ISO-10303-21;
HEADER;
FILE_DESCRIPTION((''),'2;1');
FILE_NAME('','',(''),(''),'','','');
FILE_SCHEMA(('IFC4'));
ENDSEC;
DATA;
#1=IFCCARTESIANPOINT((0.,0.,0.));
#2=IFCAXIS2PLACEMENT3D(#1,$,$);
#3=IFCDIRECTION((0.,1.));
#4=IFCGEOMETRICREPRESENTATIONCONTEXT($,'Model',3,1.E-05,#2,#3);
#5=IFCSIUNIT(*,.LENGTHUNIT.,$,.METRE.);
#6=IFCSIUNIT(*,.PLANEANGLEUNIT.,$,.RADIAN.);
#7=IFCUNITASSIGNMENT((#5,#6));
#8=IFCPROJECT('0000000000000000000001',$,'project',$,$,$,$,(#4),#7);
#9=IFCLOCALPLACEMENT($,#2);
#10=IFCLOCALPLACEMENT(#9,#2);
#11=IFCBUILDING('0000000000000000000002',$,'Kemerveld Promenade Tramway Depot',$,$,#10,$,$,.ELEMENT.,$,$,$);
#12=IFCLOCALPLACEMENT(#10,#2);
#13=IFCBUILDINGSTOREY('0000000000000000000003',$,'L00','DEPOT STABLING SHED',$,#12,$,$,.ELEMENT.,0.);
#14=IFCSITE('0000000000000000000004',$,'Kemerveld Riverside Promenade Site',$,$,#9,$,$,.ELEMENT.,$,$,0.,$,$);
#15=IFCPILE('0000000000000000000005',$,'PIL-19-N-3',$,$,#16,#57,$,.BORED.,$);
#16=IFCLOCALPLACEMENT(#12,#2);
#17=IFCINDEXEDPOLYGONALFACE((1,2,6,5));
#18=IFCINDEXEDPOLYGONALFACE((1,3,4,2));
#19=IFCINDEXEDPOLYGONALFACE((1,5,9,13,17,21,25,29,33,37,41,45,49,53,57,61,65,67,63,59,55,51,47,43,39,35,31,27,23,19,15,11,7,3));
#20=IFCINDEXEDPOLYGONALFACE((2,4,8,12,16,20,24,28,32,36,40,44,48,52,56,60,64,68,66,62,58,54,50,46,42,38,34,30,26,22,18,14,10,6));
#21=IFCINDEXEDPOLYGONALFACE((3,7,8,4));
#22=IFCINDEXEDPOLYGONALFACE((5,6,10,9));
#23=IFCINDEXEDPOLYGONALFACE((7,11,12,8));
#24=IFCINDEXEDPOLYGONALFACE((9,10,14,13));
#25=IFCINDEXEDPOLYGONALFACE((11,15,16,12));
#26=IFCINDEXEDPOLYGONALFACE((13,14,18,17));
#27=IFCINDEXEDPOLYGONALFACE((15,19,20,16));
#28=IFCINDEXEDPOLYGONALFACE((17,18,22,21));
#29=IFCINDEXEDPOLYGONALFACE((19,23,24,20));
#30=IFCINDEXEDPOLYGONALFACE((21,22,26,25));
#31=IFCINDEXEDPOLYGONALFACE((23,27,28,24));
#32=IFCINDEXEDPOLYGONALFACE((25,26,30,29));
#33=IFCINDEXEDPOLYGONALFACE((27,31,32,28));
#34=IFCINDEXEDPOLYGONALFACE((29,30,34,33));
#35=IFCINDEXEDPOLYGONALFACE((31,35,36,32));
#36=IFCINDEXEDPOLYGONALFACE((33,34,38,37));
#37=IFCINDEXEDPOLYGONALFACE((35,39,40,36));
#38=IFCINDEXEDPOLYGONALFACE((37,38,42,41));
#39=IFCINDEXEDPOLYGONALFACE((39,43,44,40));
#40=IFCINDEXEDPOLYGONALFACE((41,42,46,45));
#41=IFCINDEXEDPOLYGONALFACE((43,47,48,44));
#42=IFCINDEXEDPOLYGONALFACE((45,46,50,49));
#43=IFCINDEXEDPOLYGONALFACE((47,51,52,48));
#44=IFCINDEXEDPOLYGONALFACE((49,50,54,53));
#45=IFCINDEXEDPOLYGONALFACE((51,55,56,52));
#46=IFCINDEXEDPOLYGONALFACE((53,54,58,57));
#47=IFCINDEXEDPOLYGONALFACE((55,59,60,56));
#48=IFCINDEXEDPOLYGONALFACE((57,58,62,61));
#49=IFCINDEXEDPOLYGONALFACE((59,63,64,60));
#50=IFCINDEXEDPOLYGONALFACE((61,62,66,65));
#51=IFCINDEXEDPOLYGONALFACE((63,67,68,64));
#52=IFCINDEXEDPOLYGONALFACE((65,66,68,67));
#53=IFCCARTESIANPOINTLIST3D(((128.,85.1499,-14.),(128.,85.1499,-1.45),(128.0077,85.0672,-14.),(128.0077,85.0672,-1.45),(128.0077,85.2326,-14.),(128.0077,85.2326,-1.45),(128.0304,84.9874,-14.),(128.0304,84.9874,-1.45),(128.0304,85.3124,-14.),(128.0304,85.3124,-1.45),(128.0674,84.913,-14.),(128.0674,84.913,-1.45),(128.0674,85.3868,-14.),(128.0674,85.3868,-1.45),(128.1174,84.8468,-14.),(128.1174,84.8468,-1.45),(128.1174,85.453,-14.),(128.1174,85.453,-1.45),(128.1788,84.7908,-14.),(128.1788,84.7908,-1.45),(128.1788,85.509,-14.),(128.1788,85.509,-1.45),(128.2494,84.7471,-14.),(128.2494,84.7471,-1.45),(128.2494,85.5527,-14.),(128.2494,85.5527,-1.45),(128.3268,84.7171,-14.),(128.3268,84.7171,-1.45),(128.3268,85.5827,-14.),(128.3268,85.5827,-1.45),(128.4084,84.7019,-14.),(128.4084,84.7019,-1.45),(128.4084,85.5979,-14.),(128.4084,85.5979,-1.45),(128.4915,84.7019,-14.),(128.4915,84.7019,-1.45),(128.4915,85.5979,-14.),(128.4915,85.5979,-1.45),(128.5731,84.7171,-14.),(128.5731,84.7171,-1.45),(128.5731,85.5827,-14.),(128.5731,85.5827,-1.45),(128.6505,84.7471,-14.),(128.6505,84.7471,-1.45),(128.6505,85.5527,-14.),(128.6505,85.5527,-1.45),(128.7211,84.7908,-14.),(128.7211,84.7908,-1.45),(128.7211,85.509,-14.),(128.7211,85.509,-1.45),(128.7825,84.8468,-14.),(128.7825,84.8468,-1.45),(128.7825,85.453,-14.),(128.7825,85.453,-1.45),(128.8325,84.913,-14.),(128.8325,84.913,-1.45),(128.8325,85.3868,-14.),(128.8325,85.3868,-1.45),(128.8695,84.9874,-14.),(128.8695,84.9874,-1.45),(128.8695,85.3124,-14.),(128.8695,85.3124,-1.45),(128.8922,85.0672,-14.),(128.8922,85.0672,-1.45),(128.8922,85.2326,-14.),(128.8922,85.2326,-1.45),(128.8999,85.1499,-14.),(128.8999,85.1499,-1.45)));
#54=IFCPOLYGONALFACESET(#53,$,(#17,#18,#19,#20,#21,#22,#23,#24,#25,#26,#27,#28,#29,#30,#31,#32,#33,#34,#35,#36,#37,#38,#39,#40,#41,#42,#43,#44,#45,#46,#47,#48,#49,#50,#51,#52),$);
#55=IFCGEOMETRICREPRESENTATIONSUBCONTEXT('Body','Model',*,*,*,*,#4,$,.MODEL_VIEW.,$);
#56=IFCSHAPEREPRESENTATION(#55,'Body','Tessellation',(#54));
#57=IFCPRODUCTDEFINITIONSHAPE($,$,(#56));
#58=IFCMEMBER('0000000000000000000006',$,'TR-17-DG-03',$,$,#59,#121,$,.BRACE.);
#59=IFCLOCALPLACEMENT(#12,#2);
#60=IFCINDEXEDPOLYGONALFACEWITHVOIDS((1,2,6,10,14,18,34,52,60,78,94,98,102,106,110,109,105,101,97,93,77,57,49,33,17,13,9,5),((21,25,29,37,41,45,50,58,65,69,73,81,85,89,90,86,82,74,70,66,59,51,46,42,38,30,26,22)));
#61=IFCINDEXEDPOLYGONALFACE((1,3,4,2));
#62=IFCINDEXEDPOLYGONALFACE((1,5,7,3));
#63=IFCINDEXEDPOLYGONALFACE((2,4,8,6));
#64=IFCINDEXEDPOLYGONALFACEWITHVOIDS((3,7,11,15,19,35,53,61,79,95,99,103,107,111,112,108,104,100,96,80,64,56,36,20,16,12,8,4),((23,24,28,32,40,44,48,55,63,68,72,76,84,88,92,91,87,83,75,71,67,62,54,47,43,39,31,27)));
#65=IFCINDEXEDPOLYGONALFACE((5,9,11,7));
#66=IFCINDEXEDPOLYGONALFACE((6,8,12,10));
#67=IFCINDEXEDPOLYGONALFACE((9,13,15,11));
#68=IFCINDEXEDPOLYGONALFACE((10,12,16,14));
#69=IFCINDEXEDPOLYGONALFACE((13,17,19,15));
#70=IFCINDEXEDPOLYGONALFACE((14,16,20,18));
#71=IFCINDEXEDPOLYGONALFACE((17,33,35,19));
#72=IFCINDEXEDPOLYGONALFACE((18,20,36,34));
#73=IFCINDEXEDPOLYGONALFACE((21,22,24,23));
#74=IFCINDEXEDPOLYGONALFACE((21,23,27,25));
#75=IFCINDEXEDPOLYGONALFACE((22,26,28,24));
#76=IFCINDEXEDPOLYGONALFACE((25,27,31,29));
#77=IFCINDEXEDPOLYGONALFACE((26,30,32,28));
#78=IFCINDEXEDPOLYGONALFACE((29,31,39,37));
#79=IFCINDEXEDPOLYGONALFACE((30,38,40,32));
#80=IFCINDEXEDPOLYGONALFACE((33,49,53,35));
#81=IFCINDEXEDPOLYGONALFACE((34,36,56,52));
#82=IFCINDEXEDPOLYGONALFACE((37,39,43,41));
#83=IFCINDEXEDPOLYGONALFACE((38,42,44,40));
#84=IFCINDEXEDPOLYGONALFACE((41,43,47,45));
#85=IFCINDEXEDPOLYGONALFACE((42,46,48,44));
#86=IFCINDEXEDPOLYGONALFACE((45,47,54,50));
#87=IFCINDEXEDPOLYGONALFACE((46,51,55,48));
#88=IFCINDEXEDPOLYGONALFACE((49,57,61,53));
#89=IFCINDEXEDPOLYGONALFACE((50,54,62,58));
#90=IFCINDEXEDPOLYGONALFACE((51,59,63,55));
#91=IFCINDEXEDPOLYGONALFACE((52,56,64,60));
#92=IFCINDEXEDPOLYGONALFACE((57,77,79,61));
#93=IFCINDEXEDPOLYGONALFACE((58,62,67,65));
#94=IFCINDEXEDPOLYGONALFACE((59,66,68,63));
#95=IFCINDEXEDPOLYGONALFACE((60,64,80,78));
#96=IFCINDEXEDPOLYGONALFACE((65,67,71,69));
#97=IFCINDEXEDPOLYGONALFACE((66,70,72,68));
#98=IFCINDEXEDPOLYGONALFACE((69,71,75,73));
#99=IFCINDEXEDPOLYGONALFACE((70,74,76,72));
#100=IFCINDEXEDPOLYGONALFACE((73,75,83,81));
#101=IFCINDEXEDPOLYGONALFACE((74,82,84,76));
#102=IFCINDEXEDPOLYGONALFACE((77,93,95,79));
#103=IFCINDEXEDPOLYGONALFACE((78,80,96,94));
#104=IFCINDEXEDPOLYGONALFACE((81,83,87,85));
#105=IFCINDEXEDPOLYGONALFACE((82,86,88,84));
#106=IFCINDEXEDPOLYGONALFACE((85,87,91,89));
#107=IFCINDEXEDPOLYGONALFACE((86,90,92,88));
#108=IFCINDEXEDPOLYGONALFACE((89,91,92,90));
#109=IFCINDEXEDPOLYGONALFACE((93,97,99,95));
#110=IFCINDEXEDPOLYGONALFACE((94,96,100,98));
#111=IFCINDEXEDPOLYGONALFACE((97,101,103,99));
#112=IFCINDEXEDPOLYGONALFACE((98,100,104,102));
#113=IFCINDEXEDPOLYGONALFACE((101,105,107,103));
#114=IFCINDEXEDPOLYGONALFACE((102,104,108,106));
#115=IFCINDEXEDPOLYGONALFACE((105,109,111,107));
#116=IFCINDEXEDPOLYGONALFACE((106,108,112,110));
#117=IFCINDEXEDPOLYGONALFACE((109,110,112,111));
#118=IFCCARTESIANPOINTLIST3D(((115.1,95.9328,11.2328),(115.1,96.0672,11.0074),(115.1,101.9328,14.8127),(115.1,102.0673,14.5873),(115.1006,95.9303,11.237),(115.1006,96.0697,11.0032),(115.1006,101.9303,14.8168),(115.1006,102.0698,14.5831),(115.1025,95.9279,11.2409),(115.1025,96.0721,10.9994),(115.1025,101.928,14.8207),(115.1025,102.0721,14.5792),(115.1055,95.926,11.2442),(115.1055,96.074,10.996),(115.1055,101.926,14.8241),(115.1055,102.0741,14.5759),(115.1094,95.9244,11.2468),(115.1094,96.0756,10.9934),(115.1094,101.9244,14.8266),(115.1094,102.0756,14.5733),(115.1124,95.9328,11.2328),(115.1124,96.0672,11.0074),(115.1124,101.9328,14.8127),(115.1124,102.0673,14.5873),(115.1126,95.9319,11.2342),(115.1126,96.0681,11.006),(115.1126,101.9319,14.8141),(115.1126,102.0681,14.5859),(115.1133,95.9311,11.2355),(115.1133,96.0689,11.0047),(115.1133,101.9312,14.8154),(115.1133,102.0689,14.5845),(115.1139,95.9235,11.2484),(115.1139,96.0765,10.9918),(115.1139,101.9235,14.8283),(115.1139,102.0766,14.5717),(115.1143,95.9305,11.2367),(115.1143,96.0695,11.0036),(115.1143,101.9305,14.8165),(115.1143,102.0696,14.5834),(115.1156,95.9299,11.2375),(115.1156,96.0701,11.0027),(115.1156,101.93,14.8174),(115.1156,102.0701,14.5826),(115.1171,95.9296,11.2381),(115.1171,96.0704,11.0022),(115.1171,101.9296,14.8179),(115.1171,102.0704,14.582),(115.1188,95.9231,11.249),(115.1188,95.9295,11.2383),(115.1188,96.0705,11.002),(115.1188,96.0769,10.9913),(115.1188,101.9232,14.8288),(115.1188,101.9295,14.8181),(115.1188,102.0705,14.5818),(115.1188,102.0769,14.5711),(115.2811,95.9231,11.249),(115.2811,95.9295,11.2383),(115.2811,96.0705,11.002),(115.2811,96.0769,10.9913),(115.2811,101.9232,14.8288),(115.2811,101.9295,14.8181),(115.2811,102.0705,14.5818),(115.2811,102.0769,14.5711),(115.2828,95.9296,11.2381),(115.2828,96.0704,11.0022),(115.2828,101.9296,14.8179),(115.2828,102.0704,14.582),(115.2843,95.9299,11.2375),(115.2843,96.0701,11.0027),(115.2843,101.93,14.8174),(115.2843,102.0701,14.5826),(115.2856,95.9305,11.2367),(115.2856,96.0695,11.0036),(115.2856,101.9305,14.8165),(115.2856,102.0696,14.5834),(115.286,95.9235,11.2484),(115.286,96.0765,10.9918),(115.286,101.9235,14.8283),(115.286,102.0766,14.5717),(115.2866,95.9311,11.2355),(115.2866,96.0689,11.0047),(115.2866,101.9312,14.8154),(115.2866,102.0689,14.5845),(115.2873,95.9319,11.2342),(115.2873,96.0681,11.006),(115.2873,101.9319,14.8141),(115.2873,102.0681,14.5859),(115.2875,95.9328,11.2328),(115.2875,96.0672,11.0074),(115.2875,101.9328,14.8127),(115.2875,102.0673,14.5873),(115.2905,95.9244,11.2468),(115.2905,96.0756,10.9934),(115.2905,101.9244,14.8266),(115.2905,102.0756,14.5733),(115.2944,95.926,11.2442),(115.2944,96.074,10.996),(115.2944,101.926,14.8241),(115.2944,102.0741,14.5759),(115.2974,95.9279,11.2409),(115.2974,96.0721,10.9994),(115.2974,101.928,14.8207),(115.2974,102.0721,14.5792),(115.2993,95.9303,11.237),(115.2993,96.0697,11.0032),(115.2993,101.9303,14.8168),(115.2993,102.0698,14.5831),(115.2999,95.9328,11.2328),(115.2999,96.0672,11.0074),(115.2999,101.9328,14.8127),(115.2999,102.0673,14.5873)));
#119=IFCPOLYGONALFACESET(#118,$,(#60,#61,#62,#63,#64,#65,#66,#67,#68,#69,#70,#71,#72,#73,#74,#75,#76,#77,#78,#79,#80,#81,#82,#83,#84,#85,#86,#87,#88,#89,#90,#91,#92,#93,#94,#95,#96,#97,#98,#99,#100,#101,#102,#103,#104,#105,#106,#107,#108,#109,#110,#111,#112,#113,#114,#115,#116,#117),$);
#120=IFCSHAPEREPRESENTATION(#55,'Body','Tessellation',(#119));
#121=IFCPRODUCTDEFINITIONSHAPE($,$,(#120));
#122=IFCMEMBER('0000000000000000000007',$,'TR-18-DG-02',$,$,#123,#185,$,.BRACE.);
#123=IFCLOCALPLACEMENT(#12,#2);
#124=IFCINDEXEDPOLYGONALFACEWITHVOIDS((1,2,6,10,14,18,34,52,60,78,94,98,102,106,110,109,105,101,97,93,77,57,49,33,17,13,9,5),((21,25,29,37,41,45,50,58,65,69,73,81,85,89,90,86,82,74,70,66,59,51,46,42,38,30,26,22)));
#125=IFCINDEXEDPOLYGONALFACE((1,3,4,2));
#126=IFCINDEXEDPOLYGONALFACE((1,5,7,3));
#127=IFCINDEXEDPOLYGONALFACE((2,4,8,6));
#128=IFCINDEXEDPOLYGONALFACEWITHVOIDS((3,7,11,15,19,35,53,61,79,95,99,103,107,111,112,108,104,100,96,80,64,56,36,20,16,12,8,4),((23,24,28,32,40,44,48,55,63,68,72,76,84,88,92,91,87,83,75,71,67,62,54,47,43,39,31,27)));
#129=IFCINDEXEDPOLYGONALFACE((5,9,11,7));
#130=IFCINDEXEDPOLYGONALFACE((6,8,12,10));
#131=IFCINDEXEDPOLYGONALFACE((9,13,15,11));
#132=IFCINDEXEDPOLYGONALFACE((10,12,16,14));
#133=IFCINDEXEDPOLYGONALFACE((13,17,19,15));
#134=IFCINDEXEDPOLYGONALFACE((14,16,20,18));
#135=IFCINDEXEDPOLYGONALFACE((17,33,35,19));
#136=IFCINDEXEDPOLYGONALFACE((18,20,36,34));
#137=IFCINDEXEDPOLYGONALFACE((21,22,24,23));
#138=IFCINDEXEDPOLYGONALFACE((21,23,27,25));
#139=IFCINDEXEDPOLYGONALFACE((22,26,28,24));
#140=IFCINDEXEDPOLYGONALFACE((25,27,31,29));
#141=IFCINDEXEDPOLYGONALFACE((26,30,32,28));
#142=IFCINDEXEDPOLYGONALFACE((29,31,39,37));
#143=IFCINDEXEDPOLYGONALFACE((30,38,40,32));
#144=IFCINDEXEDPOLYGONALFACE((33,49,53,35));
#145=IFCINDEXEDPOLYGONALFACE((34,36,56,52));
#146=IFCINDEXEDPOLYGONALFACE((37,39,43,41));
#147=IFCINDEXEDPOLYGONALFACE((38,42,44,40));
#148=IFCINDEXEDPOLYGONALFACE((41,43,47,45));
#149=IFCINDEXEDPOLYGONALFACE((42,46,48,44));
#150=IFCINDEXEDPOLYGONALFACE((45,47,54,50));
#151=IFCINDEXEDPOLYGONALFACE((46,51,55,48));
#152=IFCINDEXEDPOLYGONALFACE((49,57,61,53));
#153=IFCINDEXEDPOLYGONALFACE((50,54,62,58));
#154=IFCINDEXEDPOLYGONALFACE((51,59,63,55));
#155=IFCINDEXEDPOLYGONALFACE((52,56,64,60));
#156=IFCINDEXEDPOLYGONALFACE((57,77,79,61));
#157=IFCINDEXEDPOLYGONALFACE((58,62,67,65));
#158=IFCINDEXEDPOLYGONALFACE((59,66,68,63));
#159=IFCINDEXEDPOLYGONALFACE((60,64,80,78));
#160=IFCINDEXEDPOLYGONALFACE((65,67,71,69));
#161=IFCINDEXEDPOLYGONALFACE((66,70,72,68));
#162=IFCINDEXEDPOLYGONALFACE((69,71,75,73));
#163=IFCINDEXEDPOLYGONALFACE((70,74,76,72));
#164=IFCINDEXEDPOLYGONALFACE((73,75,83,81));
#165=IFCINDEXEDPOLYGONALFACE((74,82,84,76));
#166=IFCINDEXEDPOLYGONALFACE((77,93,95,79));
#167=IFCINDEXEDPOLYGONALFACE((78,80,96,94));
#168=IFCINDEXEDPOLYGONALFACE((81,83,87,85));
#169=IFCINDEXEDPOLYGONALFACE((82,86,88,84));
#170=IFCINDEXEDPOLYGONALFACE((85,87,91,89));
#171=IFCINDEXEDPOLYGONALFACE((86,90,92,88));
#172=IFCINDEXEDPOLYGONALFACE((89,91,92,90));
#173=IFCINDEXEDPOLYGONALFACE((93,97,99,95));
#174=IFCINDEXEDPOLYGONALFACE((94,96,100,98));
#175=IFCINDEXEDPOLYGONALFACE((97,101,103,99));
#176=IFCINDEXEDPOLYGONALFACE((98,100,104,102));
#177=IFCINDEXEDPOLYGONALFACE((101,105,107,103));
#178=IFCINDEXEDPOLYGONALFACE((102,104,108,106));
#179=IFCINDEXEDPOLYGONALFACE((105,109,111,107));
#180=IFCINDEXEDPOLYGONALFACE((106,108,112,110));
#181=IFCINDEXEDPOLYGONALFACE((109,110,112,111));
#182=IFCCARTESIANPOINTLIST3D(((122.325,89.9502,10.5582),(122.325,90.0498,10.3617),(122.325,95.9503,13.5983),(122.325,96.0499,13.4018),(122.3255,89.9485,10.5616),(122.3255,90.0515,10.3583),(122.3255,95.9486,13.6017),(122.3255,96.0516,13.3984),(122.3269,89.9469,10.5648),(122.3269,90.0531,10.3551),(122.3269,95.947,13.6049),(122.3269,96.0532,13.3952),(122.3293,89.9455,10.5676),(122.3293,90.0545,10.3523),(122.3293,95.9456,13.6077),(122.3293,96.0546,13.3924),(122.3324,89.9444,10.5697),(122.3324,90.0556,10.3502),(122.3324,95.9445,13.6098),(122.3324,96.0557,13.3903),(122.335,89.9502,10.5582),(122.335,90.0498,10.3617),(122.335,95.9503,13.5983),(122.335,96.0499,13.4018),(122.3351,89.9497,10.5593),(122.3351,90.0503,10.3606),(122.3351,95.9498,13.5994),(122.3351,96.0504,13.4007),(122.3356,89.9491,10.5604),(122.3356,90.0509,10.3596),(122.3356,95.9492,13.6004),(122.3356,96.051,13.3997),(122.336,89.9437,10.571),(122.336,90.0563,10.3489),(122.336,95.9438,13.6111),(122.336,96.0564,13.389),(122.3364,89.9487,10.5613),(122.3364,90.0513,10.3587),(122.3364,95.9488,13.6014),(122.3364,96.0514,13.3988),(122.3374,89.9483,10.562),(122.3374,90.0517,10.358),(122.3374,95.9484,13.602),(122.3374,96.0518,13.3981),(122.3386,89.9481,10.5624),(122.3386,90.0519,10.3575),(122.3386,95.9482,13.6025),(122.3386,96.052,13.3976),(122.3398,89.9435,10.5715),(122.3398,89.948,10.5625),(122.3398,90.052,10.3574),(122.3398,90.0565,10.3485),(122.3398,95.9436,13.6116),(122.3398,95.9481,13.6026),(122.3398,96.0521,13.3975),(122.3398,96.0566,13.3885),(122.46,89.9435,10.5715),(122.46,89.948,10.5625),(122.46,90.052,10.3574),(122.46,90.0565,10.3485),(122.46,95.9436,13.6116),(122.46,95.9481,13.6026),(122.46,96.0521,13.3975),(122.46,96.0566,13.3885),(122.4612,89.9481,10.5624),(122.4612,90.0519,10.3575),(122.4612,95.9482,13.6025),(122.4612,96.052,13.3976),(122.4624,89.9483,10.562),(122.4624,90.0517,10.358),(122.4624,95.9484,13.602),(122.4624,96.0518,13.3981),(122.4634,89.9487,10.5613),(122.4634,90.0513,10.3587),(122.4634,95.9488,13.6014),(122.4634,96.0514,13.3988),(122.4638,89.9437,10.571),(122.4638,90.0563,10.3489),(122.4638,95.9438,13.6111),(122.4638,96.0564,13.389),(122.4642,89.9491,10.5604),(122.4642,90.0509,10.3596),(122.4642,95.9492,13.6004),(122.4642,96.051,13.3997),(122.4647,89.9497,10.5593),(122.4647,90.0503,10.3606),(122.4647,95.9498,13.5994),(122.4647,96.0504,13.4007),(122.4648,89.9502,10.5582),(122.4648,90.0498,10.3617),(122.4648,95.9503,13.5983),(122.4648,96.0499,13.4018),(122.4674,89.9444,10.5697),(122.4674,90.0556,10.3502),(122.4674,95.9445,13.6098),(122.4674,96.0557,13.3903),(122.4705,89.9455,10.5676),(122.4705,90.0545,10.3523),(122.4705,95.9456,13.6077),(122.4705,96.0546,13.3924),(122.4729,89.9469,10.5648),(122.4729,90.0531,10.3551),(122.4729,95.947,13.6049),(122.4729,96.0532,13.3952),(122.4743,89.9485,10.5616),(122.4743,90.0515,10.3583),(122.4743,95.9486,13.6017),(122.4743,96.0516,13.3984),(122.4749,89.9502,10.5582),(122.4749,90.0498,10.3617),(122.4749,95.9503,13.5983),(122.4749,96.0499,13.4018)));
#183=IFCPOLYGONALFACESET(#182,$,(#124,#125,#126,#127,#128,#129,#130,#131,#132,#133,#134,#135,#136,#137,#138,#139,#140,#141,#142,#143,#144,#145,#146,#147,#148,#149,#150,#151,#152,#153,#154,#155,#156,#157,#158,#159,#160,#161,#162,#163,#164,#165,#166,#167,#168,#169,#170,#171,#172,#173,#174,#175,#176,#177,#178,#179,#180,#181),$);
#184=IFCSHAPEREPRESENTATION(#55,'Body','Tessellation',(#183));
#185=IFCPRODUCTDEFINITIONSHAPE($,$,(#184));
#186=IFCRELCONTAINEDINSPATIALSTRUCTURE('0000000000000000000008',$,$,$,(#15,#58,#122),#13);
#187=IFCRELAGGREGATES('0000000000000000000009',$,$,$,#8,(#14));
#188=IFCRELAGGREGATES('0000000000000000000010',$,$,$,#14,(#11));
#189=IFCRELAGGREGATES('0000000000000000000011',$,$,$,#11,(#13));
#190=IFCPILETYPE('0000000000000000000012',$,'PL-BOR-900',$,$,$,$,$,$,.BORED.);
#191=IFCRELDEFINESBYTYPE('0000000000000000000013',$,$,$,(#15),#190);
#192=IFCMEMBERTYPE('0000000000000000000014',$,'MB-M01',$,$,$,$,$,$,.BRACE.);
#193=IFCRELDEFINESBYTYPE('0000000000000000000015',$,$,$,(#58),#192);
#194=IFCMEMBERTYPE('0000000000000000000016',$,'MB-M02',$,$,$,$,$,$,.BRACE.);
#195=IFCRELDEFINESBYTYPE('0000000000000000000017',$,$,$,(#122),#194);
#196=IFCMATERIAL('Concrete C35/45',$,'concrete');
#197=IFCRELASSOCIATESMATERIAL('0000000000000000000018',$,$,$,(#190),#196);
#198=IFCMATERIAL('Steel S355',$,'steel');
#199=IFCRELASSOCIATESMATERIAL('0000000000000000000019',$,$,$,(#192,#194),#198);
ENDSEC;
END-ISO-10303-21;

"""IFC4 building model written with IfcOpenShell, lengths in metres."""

from ifc_helpers import new_model, si_unit, direction, frame, origin, origin_2d, place, context, subcontext, project, spatial, hollow_rectangle, circle, extrude, material, material_profile, profile_set, type_object, element, save


model = new_model("IFC4")

# Units and contexts
model_context = context("Model", 3, precision=1e-05, world=origin(), true_north=direction((0.0, 1.0)))
body_context = subcontext(model_context, "Body", "Model", "MODEL_VIEW")
ifc_project = project(units=[si_unit("LENGTHUNIT", "METRE"), si_unit("PLANEANGLEUNIT", "RADIAN")], contexts=[model_context])

# Site, building, storey
site_placement = place(None, origin())
site = spatial("IfcSite", under=ifc_project, at=site_placement, Name="Kemerveld Riverside Promenade Site", CompositionType="ELEMENT", RefElevation=0.0)
building_placement = place(site_placement, origin())
building = spatial("IfcBuilding", under=site, at=building_placement, Name="Kemerveld Promenade Tramway Depot", CompositionType="ELEMENT")
storey_placement = place(building_placement, origin())
storey = spatial("IfcBuildingStorey", under=building, at=storey_placement, Name="L00", Description="DEPOT STABLING SHED", CompositionType="ELEMENT", Elevation=0.0)

# Shared definitions
ifc_material_1 = material(Name="Concrete C35/45", Category="concrete")

# Pile
ifc_material_profile_1 = material_profile(ifc_material_1, circle(Radius=0.45, at=origin_2d()), Name="PILE-D900")
ifc_profile_set_1 = profile_set([ifc_material_profile_1], Name="Concrete C35/45")
pile_type_1 = type_object("IfcPileType", Name="PL-BOR-900", PredefinedType="BORED", material=ifc_profile_set_1)
pile_1_placement = place(storey_placement, frame((128.45, 85.1499, -1.45), z_axis=(0.0, 0.0, -1.0), x_axis=(1.0, 0.0, 0.0)))
element("IfcPile", 1, at=pile_1_placement, inside=storey, type_object=pile_type_1, Name="PIL-19-N-3", PredefinedType="BORED", context=body_context, shape_type="SweptSolid", body=[
    extrude(circle(Radius=0.45, at=origin_2d()), origin(), (0.0, 0.0, 1.0), 12.55),
])

# Members
ifc_material_2 = material(Name="Steel S355", Category="steel")
ifc_material_profile_2 = material_profile(ifc_material_2, hollow_rectangle(XDim=0.2, YDim=0.3, WallThickness=0.0125, InnerFilletRadius=0.0063, OuterFilletRadius=0.0188, at=origin_2d()), Name="300x200x12.5 RHS")
ifc_profile_set_2 = profile_set([ifc_material_profile_2], Name="Steel S355")
member_type_1 = type_object("IfcMemberType", Name="MB-M01", PredefinedType="BRACE", material=ifc_profile_set_2)
member_1_placement = place(storey_placement, frame((115.2, 96.0, 11.1201), z_axis=(0.0, 0.858764, 0.512372), x_axis=(-1.0, 0.0, 0.0)))
element("IfcMember", 2, at=member_1_placement, inside=storey, type_object=member_type_1, Name="TR-17-DG-03", PredefinedType="BRACE", context=body_context, shape_type="SweptSolid", body=[
    extrude(hollow_rectangle(XDim=0.2, YDim=0.3, WallThickness=0.0125, InnerFilletRadius=0.0063, OuterFilletRadius=0.0188, at=origin_2d()), origin(), (0.0, 0.0, 1.0), 6.9868),
])
ifc_material_profile_3 = material_profile(ifc_material_2, hollow_rectangle(XDim=0.1499, YDim=0.25, WallThickness=0.01, InnerFilletRadius=0.0049, OuterFilletRadius=0.0149, at=origin_2d()), Name="250x150x10.0 RHS")
ifc_profile_set_3 = profile_set([ifc_material_profile_3], Name="Steel S355")
member_type_2 = type_object("IfcMemberType", Name="MB-M02", PredefinedType="BRACE", material=ifc_profile_set_3)
member_2_placement = place(storey_placement, frame((122.3999, 90.0, 10.46), z_axis=(0.0, 0.892033, 0.451969), x_axis=(-1.0, 0.0, 0.0)))
element("IfcMember", 3, at=member_2_placement, inside=storey, type_object=member_type_2, Name="TR-18-DG-02", PredefinedType="BRACE", context=body_context, shape_type="SweptSolid", body=[
    extrude(hollow_rectangle(XDim=0.1499, YDim=0.25, WallThickness=0.01, InnerFilletRadius=0.0049, OuterFilletRadius=0.0149, at=origin_2d()), origin(), (0.0, 0.0, 1.0), 6.7263),
])

save(model, "model.ifc")
